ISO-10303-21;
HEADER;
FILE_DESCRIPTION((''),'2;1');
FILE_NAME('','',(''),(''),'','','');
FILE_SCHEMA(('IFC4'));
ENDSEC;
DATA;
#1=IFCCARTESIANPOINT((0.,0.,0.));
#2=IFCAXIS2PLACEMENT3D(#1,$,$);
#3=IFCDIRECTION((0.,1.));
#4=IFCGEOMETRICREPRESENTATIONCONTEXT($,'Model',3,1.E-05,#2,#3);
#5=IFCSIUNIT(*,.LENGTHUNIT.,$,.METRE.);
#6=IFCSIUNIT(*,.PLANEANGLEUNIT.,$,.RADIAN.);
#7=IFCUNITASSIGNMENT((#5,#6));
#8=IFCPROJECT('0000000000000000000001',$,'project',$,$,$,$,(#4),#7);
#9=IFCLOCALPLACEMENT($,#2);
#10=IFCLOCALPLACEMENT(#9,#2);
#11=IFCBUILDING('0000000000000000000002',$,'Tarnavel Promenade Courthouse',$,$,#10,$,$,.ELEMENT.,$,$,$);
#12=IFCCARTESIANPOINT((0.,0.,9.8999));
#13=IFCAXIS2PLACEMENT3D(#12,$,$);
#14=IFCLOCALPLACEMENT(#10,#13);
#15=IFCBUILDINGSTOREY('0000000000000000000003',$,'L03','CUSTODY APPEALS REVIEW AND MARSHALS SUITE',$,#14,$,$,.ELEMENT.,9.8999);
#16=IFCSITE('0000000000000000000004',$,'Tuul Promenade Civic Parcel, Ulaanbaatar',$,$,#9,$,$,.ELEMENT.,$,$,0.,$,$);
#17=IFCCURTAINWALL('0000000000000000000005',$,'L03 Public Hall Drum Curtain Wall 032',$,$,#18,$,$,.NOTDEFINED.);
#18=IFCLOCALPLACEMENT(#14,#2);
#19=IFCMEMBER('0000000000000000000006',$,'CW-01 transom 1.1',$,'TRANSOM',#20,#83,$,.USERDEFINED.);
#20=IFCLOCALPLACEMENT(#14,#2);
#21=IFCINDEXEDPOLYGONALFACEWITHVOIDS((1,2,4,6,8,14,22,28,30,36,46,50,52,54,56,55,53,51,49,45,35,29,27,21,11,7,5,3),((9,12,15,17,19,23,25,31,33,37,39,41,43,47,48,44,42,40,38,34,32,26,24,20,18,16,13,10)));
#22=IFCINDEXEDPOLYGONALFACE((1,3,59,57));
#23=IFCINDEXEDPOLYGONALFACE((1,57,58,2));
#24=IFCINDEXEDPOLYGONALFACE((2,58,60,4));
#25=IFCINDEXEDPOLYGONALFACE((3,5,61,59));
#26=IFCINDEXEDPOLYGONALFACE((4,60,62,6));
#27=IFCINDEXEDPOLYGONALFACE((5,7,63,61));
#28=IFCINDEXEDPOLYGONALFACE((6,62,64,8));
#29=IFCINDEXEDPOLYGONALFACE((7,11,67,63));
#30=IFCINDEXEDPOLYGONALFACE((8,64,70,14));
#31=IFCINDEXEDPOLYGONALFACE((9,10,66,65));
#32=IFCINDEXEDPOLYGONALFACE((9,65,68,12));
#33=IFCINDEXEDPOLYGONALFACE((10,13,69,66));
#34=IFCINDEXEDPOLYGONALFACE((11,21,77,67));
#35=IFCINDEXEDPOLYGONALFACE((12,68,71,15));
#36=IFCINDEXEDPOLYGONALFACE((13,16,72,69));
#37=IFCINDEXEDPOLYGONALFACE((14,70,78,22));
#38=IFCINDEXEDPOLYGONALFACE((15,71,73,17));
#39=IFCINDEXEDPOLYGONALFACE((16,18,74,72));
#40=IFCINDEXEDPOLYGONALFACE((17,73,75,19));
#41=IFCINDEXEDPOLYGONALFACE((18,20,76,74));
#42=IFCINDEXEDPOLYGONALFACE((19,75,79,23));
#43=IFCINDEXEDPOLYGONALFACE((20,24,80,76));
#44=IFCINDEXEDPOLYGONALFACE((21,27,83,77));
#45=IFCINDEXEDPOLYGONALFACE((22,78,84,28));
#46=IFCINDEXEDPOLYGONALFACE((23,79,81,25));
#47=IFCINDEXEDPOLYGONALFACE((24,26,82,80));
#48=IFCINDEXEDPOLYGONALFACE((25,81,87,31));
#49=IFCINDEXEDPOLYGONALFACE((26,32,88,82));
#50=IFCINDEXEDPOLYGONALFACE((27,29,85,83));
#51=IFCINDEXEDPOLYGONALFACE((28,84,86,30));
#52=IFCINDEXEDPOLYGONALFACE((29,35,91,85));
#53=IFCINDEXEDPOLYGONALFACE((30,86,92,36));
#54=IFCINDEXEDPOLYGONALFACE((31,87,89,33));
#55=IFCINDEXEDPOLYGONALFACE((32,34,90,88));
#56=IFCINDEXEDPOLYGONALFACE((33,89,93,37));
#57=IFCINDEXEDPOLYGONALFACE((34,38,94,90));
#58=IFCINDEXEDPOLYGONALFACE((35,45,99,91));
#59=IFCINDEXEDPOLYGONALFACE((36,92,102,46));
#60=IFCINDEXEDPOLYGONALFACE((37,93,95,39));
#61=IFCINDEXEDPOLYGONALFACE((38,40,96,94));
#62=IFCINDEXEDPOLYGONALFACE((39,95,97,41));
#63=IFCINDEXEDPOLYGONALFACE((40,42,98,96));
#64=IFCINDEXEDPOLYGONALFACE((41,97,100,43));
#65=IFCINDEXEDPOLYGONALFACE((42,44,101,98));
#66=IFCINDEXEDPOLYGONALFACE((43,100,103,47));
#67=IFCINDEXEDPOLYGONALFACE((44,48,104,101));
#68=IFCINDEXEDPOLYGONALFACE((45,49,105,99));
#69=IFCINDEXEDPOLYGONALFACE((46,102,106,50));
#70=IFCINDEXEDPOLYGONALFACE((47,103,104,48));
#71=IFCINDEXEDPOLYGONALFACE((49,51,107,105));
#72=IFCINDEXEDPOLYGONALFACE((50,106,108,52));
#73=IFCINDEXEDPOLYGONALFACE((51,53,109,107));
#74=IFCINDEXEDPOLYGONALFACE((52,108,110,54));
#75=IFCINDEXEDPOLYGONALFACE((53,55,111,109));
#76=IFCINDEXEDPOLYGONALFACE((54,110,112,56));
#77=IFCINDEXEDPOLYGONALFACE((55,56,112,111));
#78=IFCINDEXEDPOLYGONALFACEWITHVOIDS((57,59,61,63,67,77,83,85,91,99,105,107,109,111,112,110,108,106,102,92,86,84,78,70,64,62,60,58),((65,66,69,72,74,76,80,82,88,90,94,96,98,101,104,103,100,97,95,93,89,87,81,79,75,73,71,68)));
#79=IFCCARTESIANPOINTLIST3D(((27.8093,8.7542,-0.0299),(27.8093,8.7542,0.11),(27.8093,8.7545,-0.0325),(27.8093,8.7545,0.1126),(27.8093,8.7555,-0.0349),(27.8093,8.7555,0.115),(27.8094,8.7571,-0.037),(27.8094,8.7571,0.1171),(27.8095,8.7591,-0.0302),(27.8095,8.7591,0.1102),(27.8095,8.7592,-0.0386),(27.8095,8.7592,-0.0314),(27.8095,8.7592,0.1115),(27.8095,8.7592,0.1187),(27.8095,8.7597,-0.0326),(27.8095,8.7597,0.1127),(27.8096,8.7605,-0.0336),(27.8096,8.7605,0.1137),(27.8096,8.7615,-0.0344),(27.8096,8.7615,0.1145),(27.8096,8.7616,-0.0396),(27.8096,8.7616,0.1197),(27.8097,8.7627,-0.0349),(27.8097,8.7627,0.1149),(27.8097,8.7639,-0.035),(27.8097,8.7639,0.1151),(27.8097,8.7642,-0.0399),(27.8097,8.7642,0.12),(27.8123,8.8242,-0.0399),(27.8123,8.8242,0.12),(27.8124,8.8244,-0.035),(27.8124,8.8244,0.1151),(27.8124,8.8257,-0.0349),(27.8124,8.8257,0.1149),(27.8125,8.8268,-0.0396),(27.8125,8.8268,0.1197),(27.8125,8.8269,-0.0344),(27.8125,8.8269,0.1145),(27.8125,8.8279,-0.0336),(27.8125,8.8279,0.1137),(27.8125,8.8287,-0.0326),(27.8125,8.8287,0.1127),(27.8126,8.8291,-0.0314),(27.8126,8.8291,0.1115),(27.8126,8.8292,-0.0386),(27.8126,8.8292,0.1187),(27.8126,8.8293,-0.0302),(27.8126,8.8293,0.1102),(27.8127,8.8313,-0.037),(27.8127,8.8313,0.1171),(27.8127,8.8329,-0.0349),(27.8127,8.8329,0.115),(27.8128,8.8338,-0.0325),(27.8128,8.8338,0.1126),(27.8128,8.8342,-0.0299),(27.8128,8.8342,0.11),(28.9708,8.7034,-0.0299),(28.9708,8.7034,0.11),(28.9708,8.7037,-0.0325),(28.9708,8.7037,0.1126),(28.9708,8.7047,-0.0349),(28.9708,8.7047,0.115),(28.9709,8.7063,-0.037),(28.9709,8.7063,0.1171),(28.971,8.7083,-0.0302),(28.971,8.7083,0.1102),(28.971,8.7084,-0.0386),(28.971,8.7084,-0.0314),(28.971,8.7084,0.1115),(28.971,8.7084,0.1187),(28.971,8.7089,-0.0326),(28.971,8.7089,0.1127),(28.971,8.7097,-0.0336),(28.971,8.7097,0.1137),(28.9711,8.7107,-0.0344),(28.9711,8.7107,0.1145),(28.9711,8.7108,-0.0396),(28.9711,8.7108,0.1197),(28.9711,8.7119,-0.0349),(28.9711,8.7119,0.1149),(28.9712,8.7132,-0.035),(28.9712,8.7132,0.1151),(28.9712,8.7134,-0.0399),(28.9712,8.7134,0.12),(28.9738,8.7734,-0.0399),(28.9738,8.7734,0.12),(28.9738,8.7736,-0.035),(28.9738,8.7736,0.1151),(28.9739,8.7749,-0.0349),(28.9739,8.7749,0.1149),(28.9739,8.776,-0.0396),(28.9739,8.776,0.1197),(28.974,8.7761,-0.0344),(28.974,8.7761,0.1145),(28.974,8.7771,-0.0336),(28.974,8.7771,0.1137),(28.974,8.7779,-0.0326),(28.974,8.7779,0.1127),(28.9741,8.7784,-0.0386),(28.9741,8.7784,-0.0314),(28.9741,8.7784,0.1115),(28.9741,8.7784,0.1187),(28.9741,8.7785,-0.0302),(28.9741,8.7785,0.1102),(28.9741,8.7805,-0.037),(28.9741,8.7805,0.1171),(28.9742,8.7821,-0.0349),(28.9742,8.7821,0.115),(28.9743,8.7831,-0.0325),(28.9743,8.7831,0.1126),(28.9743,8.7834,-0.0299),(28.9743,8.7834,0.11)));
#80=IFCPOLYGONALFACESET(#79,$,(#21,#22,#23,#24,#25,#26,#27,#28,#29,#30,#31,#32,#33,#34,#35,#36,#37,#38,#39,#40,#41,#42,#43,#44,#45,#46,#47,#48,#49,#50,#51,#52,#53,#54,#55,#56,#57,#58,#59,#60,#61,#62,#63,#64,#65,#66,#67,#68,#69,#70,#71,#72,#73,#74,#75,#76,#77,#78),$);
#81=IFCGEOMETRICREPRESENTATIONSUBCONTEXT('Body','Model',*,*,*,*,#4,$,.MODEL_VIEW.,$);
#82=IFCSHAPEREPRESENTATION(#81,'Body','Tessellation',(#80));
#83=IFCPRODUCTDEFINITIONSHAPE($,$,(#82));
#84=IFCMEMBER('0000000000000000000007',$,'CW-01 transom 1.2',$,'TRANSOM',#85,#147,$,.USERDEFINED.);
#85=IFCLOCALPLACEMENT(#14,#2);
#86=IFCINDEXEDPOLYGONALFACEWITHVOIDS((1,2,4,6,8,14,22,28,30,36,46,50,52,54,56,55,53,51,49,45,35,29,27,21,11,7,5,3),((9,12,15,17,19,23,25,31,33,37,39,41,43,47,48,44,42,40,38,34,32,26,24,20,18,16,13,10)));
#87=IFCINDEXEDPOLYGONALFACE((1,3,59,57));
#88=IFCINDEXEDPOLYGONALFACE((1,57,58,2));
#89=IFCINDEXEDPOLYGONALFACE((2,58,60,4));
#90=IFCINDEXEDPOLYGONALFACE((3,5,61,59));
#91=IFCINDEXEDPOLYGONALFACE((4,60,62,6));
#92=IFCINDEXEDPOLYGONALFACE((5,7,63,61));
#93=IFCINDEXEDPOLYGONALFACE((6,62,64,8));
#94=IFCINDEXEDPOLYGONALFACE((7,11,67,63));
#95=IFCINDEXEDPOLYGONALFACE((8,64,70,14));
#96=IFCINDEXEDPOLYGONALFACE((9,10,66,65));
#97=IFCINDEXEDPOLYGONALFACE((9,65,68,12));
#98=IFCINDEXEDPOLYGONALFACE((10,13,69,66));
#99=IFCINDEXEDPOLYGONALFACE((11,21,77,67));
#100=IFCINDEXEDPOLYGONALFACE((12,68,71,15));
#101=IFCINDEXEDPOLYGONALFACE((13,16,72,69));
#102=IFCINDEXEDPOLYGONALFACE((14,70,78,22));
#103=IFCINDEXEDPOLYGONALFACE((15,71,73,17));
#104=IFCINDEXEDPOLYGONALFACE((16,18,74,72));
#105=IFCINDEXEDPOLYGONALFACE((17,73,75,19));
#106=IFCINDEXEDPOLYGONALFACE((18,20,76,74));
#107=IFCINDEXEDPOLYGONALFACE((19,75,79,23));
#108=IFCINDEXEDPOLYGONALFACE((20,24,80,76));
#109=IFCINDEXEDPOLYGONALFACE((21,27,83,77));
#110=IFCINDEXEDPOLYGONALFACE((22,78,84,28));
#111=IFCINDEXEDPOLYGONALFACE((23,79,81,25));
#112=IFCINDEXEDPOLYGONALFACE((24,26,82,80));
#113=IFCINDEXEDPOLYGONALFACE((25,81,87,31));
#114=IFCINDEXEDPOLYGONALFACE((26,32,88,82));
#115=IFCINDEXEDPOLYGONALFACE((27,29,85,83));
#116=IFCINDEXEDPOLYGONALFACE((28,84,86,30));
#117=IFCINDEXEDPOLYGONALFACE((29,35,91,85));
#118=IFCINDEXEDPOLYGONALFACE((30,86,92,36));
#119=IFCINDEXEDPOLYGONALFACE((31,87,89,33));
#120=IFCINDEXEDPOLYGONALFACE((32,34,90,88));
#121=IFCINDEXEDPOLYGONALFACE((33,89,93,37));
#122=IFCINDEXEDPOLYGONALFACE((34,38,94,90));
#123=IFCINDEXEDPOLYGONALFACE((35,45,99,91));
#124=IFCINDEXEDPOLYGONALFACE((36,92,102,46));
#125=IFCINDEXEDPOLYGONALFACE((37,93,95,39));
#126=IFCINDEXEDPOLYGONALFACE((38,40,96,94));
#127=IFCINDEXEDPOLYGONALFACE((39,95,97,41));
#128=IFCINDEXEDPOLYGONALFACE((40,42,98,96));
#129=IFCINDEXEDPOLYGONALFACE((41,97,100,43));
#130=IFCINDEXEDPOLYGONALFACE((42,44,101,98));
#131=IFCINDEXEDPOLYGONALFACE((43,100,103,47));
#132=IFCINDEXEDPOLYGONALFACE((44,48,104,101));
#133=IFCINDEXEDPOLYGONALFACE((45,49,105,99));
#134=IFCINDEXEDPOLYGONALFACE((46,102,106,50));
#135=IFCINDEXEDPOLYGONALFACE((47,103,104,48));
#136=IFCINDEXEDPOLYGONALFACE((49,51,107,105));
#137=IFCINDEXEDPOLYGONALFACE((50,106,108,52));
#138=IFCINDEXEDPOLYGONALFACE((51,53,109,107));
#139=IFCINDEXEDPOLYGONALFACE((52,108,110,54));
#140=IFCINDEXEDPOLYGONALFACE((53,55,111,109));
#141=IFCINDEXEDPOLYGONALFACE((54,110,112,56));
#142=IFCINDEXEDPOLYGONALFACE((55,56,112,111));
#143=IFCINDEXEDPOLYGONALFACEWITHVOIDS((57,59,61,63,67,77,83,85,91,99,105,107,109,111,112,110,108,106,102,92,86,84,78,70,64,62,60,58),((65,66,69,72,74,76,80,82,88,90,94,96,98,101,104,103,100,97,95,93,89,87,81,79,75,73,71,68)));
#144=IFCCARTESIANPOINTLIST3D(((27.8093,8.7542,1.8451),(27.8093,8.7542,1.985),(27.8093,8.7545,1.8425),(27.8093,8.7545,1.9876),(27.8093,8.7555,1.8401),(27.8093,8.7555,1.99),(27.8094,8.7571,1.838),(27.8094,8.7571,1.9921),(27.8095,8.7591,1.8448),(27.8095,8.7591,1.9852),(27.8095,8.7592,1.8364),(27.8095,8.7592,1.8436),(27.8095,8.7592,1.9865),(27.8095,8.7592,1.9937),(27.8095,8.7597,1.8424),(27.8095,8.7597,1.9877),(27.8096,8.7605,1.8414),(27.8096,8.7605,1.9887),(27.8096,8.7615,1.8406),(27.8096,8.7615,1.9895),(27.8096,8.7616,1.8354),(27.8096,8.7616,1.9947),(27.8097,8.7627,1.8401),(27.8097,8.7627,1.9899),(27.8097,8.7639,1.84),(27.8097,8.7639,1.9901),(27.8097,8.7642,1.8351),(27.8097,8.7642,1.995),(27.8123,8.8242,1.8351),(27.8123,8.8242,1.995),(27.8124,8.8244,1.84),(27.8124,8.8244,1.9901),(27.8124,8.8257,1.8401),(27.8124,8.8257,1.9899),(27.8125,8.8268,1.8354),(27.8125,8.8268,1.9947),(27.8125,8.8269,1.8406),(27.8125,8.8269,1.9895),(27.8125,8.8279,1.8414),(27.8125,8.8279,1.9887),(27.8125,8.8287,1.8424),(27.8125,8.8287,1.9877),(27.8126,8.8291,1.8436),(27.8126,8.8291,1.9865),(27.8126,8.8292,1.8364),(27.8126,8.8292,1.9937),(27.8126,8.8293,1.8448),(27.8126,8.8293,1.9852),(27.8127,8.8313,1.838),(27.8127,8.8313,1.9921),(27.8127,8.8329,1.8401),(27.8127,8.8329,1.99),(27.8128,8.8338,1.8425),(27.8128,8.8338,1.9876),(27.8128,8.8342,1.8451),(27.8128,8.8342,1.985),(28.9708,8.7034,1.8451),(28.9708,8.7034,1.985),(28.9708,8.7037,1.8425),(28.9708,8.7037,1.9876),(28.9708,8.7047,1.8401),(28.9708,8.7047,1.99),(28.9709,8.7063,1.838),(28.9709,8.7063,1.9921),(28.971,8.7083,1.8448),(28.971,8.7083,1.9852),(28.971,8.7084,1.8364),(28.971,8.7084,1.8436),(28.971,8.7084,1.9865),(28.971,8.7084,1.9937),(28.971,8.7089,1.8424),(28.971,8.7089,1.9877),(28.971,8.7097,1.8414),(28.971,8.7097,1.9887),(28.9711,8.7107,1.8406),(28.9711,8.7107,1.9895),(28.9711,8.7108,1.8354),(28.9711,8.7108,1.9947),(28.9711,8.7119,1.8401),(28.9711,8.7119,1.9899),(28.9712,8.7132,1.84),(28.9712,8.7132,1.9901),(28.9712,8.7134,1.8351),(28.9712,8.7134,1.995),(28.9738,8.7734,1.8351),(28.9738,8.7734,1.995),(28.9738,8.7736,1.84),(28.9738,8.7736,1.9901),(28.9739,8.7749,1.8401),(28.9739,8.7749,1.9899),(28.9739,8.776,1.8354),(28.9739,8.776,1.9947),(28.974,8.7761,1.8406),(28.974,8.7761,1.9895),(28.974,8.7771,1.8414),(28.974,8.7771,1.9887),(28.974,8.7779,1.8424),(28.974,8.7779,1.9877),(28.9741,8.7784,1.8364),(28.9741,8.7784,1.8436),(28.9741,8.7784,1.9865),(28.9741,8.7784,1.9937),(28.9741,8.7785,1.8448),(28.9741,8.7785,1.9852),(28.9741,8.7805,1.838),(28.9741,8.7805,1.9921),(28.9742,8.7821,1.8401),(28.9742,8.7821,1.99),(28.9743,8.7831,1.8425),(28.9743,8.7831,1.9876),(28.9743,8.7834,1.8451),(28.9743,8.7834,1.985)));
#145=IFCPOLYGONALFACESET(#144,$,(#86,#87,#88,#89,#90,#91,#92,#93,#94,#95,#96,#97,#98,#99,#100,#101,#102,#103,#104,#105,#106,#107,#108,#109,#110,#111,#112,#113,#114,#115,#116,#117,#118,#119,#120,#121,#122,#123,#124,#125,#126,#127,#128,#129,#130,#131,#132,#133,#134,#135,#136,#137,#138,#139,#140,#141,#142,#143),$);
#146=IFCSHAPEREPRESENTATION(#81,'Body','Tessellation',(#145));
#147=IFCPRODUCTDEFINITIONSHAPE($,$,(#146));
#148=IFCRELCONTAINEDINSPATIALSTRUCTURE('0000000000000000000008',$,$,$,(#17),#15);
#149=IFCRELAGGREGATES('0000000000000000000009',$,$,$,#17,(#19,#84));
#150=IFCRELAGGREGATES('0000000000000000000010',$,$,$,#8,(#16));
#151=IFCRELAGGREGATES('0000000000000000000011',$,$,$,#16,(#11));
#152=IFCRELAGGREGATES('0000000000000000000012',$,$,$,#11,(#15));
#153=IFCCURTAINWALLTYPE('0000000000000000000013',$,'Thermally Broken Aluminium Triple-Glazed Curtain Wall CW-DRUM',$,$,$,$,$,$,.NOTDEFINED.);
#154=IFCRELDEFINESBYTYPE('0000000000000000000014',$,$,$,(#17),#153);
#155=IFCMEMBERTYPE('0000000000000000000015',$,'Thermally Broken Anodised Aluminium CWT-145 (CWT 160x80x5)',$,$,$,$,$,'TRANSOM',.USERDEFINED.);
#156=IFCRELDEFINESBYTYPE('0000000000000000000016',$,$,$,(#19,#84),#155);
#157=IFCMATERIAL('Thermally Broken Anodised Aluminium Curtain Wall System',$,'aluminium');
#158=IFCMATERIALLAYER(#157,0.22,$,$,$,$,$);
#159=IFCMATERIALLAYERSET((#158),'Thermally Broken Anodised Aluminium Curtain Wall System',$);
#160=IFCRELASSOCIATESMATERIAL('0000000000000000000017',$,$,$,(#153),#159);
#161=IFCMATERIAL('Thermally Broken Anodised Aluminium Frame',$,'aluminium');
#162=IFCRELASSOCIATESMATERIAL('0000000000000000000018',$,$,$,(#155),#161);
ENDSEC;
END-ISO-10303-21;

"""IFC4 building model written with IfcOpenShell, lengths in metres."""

from ifc_helpers import new_model, si_unit, direction, frame, origin, origin_2d, place, context, subcontext, project, spatial, hollow_rectangle, extrude, material, layer, layer_set, material_profile, profile_set, type_object, element, aggregate, save


model = new_model("IFC4")

# Units and contexts
model_context = context("Model", 3, precision=1e-05, world=origin(), true_north=direction((0.0, 1.0)))
body_context = subcontext(model_context, "Body", "Model", "MODEL_VIEW")
ifc_project = project(units=[si_unit("LENGTHUNIT", "METRE"), si_unit("PLANEANGLEUNIT", "RADIAN")], contexts=[model_context])

# Site, building, storey
site_placement = place(None, origin())
site = spatial("IfcSite", under=ifc_project, at=site_placement, Name="Tuul Promenade Civic Parcel, Ulaanbaatar", CompositionType="ELEMENT", RefElevation=0.0)
building_placement = place(site_placement, origin())
building = spatial("IfcBuilding", under=site, at=building_placement, Name="Tarnavel Promenade Courthouse", CompositionType="ELEMENT")
storey_placement = place(building_placement, frame((0.0, 0.0, 9.8999)))
storey = spatial("IfcBuildingStorey", under=building, at=storey_placement, Name="L03", Description="CUSTODY APPEALS REVIEW AND MARSHALS SUITE", CompositionType="ELEMENT", Elevation=9.8999)

# Shared definitions
ifc_material_1 = material(Name="Thermally Broken Anodised Aluminium Curtain Wall System", Category="aluminium")
ifc_layer_1 = layer(ifc_material_1, 0.22)
ifc_layer_set_1 = layer_set([ifc_layer_1], Name="Thermally Broken Anodised Aluminium Curtain Wall System")
curtain_wall_type = type_object("IfcCurtainWallType", Name="Thermally Broken Aluminium Triple-Glazed Curtain Wall CW-DRUM", PredefinedType="NOTDEFINED", material=ifc_layer_set_1)
ifc_material_2 = material(Name="Thermally Broken Anodised Aluminium Frame", Category="aluminium")

# Curtain wall, members
curtain_wall_1_placement = place(storey_placement, origin())
curtain_wall_1 = element("IfcCurtainWall", 1, at=curtain_wall_1_placement, inside=storey, type_object=curtain_wall_type, Name="L03 Public Hall Drum Curtain Wall 032", PredefinedType="NOTDEFINED")
ifc_material_profile_1 = material_profile(ifc_material_2, hollow_rectangle(XDim=0.0801, YDim=0.1599, WallThickness=0.0049, InnerFilletRadius=0.0049, OuterFilletRadius=0.01, at=origin_2d()), Name="CWT 160x80x5")
ifc_profile_set_1 = profile_set([ifc_material_profile_1], Name="Thermally Broken Anodised Aluminium Frame")
member_type_1 = type_object("IfcMemberType", Name="Thermally Broken Anodised Aluminium CWT-145 (CWT 160x80x5)", ElementType="TRANSOM", PredefinedType="USERDEFINED", material=ifc_profile_set_1)
member_1_placement = place(storey_placement, frame((27.811, 8.7942, 0.04), z_axis=(0.999045, -0.043683, 0.0), x_axis=(0.043683, 0.999045, 0.0)))
member_1 = element("IfcMember", 2, at=member_1_placement, type_object=member_type_1, Name="CW-01 transom 1.1", ObjectType="TRANSOM", PredefinedType="USERDEFINED", context=body_context, shape_type="SweptSolid", body=[
    extrude(hollow_rectangle(XDim=0.0801, YDim=0.1599, WallThickness=0.0049, InnerFilletRadius=0.0049, OuterFilletRadius=0.01, at=origin_2d()), origin(), (0.0, 0.0, 1.0), 1.1626),
])
member_2_placement = place(storey_placement, frame((27.811, 8.7942, 1.915), z_axis=(0.999045, -0.043683, 0.0), x_axis=(0.043683, 0.999045, 0.0)))
member_2 = element("IfcMember", 3, at=member_2_placement, type_object=member_type_1, Name="CW-01 transom 1.2", ObjectType="TRANSOM", PredefinedType="USERDEFINED", context=body_context, shape_type="SweptSolid", body=[
    extrude(hollow_rectangle(XDim=0.0801, YDim=0.1599, WallThickness=0.0049, InnerFilletRadius=0.0049, OuterFilletRadius=0.01, at=origin_2d()), origin(), (0.0, 0.0, 1.0), 1.1626),
])

aggregate(curtain_wall_1, [member_1, member_2])

save(model, "model.ifc")
